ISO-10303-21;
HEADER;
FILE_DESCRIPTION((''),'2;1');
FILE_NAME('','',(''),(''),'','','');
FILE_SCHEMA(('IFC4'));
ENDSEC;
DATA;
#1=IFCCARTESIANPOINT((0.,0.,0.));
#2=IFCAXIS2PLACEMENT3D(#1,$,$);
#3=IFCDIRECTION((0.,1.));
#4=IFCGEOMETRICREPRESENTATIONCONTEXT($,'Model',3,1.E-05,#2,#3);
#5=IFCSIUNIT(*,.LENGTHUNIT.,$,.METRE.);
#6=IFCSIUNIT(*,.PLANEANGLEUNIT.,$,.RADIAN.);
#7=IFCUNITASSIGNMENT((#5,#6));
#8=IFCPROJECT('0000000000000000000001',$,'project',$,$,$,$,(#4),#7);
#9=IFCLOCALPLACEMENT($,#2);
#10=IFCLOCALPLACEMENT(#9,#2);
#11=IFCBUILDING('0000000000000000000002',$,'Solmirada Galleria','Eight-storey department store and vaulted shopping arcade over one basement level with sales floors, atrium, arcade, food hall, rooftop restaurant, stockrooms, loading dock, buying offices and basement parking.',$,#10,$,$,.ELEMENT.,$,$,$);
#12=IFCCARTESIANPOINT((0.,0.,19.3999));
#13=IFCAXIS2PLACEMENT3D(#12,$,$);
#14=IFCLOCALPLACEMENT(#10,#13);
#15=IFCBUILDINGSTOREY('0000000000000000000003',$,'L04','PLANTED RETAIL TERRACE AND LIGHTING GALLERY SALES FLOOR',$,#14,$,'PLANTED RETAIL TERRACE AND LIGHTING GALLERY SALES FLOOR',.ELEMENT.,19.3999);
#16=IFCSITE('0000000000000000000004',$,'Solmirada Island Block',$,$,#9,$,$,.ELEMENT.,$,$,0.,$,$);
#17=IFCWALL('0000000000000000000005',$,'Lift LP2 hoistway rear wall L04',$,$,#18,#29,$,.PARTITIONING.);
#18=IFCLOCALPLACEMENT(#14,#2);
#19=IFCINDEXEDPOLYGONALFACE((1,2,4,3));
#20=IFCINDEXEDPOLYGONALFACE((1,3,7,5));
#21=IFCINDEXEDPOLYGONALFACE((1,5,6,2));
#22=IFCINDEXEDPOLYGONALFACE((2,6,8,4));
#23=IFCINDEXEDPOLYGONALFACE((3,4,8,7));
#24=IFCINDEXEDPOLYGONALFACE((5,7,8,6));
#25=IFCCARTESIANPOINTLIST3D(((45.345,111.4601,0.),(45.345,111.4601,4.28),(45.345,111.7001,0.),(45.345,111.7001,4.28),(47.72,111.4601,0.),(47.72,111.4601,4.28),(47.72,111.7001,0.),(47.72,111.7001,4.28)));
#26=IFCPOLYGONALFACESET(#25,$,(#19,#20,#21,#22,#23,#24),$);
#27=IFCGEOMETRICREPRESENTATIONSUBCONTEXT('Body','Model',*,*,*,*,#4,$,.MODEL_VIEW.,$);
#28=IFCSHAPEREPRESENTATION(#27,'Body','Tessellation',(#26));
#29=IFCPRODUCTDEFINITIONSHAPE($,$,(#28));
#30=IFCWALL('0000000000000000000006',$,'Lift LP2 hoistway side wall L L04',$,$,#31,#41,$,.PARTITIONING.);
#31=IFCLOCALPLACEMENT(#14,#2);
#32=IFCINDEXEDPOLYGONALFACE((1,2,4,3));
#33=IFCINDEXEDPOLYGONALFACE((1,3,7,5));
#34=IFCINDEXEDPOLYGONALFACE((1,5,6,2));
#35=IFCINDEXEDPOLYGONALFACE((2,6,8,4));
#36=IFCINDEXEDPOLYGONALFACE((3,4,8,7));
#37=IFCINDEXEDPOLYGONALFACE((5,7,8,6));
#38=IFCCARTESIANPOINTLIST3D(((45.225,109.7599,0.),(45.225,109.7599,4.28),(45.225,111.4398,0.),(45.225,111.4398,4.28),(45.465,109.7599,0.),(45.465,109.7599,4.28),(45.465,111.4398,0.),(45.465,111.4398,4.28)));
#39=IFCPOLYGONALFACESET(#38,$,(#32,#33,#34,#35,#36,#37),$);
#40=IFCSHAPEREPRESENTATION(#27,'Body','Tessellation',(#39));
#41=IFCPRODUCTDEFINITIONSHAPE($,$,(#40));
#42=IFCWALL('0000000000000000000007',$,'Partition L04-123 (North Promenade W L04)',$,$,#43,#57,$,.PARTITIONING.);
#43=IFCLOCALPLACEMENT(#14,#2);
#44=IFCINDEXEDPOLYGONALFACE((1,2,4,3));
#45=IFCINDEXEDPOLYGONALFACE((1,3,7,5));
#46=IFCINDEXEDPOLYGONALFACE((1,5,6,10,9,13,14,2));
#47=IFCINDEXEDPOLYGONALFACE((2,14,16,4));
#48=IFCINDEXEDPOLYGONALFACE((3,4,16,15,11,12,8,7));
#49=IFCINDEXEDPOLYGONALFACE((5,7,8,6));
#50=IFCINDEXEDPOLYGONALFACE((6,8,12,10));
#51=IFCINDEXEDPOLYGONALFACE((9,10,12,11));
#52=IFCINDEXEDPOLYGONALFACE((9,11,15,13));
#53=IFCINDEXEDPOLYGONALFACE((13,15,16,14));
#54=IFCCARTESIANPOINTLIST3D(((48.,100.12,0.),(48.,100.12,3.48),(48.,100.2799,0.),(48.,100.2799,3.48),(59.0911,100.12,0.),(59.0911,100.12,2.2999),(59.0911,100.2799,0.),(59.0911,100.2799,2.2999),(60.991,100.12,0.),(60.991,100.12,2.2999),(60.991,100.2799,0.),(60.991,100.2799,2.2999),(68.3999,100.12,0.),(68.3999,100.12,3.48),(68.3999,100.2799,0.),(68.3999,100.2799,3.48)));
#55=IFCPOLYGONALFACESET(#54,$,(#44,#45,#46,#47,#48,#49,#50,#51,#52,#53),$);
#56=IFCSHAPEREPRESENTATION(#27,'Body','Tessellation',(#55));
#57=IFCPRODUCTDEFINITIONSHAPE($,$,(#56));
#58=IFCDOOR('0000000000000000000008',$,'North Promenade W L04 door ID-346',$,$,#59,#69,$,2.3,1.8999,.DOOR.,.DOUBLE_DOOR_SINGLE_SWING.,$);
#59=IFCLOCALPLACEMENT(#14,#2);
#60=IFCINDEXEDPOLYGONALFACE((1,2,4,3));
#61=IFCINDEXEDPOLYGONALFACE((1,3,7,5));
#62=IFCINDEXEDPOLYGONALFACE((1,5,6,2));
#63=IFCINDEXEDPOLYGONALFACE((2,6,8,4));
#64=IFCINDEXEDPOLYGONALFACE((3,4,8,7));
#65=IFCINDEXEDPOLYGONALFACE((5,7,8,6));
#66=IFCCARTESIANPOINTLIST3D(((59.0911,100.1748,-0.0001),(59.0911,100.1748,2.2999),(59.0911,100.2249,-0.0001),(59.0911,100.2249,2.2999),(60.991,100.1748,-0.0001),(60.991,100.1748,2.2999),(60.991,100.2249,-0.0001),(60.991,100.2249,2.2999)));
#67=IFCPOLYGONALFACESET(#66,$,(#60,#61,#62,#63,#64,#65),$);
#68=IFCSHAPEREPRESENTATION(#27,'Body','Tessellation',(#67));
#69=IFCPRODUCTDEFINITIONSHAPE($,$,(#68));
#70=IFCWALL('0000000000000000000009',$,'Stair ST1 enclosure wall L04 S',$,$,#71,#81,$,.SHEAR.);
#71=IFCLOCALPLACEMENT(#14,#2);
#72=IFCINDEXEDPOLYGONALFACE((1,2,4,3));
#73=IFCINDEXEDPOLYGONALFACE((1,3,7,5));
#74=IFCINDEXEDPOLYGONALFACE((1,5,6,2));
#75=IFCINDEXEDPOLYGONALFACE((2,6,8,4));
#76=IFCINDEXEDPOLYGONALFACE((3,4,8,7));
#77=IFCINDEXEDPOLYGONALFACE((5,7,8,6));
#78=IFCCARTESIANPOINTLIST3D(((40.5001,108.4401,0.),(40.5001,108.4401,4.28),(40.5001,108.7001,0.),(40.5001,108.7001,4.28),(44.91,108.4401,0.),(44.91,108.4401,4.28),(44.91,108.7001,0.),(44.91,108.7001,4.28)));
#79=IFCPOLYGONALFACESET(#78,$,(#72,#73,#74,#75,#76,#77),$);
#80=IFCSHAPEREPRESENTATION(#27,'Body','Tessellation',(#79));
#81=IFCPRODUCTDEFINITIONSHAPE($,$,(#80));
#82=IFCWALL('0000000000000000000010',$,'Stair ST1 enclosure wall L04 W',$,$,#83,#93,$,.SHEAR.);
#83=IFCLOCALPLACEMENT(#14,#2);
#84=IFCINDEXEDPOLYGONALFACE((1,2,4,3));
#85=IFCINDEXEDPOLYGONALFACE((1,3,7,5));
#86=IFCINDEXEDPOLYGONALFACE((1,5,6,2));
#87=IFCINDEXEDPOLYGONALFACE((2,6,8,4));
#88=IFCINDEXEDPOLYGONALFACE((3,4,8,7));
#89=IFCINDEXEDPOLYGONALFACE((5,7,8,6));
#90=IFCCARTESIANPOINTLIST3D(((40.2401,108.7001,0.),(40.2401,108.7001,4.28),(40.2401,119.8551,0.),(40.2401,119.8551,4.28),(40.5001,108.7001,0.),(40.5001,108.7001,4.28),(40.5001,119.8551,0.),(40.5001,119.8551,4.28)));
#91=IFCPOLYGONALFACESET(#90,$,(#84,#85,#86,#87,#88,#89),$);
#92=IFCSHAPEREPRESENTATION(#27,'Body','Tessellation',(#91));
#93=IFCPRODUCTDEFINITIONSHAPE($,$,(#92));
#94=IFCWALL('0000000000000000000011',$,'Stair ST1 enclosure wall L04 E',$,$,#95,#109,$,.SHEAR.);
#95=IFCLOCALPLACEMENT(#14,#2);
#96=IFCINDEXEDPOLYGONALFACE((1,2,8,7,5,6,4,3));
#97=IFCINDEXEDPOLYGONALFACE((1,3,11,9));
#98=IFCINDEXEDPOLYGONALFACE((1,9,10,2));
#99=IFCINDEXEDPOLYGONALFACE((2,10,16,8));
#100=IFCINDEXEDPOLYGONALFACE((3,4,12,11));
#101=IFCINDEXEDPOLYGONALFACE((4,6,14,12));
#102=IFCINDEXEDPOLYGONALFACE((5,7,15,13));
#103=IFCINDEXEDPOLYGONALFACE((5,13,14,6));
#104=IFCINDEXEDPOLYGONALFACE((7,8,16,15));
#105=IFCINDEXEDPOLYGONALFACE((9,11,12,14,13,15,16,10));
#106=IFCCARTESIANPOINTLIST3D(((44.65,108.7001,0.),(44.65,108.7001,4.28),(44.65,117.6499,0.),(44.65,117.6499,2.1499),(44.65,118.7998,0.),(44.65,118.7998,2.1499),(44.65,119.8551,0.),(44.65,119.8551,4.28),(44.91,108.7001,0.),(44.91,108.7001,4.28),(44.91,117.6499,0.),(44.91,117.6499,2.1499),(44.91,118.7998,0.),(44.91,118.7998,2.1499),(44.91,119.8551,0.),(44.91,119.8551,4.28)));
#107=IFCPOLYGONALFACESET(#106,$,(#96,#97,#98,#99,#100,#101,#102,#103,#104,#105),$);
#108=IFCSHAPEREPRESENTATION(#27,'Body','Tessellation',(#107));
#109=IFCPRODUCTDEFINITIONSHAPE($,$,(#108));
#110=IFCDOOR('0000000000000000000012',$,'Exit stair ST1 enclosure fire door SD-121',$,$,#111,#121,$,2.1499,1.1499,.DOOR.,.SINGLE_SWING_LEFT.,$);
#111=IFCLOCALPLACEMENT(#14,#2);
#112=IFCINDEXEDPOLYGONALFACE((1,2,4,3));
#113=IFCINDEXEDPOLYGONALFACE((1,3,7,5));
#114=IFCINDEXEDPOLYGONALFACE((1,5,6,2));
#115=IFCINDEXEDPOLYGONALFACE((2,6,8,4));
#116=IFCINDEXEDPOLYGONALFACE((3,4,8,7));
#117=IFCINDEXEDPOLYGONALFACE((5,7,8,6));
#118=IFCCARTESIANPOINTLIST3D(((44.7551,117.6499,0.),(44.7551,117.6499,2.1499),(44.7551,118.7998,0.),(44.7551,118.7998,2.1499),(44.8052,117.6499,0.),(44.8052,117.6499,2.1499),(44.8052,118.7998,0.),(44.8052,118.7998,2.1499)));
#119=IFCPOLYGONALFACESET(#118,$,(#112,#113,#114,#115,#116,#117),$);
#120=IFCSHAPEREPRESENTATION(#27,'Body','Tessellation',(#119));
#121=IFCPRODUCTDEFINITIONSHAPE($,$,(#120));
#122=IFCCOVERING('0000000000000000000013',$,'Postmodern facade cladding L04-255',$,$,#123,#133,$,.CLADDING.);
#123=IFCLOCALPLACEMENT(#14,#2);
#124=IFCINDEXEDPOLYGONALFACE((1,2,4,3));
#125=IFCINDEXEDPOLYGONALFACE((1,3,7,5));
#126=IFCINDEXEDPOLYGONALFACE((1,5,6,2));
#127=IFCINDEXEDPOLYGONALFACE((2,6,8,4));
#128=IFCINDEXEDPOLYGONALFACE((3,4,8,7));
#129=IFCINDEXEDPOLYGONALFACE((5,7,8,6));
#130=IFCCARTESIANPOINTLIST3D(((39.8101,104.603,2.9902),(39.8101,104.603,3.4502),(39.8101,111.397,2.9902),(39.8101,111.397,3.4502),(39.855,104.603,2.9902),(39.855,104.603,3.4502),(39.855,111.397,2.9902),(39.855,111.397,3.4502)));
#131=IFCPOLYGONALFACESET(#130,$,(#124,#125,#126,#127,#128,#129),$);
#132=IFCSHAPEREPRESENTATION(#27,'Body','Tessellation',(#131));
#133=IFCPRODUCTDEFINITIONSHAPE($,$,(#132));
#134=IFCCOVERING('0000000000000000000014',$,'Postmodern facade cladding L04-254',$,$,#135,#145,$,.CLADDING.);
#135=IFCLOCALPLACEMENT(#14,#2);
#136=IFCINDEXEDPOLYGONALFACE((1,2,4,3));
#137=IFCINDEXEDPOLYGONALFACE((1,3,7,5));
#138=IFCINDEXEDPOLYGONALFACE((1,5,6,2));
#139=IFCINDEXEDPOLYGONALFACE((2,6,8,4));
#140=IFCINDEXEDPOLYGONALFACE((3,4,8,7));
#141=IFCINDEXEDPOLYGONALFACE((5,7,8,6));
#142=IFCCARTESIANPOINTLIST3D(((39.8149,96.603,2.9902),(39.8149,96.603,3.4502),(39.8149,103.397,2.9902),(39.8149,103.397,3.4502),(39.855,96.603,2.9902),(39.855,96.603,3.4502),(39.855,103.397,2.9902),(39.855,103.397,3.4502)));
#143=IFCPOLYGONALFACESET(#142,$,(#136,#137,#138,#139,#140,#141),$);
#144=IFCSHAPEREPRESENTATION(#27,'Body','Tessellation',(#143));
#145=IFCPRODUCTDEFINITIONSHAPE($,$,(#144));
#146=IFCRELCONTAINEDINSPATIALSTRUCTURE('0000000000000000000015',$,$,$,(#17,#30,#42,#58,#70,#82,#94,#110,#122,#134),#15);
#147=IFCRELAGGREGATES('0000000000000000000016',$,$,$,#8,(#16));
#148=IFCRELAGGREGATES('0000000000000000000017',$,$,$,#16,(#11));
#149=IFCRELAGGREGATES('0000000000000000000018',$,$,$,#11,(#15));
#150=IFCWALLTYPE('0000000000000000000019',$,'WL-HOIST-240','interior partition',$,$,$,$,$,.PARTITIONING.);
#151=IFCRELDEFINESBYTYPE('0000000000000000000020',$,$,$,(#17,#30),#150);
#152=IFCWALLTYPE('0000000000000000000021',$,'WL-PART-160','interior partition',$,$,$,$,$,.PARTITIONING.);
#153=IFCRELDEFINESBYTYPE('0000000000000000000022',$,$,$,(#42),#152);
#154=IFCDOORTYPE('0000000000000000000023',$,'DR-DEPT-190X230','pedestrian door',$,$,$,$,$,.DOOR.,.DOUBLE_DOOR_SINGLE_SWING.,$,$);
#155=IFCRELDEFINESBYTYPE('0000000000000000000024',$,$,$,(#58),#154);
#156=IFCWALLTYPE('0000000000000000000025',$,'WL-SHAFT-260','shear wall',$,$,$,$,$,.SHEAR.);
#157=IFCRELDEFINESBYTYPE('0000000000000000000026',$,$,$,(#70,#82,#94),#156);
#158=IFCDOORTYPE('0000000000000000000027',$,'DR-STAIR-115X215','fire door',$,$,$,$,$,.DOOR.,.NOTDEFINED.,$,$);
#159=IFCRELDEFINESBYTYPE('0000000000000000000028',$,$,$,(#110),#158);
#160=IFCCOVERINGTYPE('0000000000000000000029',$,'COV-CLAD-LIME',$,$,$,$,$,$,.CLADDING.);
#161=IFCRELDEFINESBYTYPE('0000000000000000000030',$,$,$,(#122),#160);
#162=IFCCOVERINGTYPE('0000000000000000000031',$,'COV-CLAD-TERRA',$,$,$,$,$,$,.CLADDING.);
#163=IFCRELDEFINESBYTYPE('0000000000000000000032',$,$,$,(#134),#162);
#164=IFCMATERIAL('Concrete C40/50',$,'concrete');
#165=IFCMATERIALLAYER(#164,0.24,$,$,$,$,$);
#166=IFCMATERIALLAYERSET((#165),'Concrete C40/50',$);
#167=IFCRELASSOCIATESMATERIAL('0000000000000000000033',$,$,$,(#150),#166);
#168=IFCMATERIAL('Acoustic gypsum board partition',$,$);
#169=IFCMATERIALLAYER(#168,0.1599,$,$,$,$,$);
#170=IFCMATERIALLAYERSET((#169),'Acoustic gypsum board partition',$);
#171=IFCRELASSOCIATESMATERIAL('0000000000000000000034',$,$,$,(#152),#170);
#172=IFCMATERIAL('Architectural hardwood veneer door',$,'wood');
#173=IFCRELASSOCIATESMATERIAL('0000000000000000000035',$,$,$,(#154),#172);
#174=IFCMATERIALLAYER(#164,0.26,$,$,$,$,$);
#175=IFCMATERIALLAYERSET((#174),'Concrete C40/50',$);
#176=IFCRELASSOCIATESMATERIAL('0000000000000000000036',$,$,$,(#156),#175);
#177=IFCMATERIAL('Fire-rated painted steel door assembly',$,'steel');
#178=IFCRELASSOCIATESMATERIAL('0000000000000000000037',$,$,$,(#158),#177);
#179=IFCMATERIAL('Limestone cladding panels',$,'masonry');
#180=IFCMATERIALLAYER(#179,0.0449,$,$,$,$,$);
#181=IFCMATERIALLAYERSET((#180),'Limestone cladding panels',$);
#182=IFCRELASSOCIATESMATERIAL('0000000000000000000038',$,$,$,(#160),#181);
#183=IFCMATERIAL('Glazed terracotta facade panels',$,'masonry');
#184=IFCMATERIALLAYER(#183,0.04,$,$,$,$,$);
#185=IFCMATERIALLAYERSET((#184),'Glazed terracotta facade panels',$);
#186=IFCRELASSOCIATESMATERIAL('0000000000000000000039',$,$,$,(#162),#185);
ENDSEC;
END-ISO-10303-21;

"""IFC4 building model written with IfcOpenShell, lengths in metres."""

from ifc_helpers import new_model, si_unit, direction, frame, frame_2d, origin, origin_2d, place, context, subcontext, project, spatial, rectangle, extrude, material, layer, layer_set, type_object, element, fill, save


model = new_model("IFC4")

# Units and contexts
model_context = context("Model", 3, precision=1e-05, world=origin(), true_north=direction((0.0, 1.0)))
body_context = subcontext(model_context, "Body", "Model", "MODEL_VIEW")
ifc_project = project(units=[si_unit("LENGTHUNIT", "METRE"), si_unit("PLANEANGLEUNIT", "RADIAN")], contexts=[model_context])

# Site, building, storey
site_placement = place(None, origin())
site = spatial("IfcSite", under=ifc_project, at=site_placement, Name="Solmirada Island Block", CompositionType="ELEMENT", RefElevation=0.0)
building_placement = place(site_placement, origin())
building = spatial("IfcBuilding", under=site, at=building_placement, Name="Solmirada Galleria", Description="Eight-storey department store and vaulted shopping arcade over one basement level with sales floors, atrium, arcade, food hall, rooftop restaurant, stockrooms, loading dock, buying offices and basement parking.", CompositionType="ELEMENT")
storey_placement = place(building_placement, frame((0.0, 0.0, 19.3999)))
storey = spatial("IfcBuildingStorey", under=building, at=storey_placement, Name="L04", Description="PLANTED RETAIL TERRACE AND LIGHTING GALLERY SALES FLOOR", LongName="PLANTED RETAIL TERRACE AND LIGHTING GALLERY SALES FLOOR", CompositionType="ELEMENT", Elevation=19.3999)

# Shared definitions
ifc_material_1 = material(Name="Concrete C40/50", Category="concrete")

# Shared definitions
ifc_material_2 = material(Name="Fire-rated painted steel door assembly", Category="steel")

# Shared definitions
ifc_layer_1 = layer(ifc_material_1, 0.24)
ifc_layer_set_1 = layer_set([ifc_layer_1], Name="Concrete C40/50")
wall_type_1 = type_object("IfcWallType", Name="WL-HOIST-240", Description="interior partition", PredefinedType="PARTITIONING", material=ifc_layer_set_1)

# Walls
wall_1_placement = place(storey_placement, frame((45.345, 111.5801, 0.0), z_axis=(0.0, 0.0, 1.0), x_axis=(1.0, 0.0, 0.0)))
element("IfcWall", 1, at=wall_1_placement, inside=storey, type_object=wall_type_1, Name="Lift LP2 hoistway rear wall L04", PredefinedType="PARTITIONING", context=body_context, shape_type="SweptSolid", body=[
    extrude(rectangle(XDim=2.375, YDim=0.24, at=frame_2d((1.1875, 0.0))), origin(), (0.0, 0.0, 1.0), 4.28),
])
wall_2_placement = place(storey_placement, frame((45.345, 109.76, 0.0), z_axis=(0.0, 0.0, 1.0), x_axis=(0.0, 1.0, 0.0)))
element("IfcWall", 2, at=wall_2_placement, inside=storey, type_object=wall_type_1, Name="Lift LP2 hoistway side wall L L04", PredefinedType="PARTITIONING", context=body_context, shape_type="SweptSolid", body=[
    extrude(rectangle(XDim=1.6799, YDim=0.24, at=frame_2d((0.8398, 0.0))), origin(), (0.0, 0.0, 1.0), 4.28),
])

# Wall, opening, door
ifc_material_3 = material(Name="Acoustic gypsum board partition")
ifc_layer_2 = layer(ifc_material_3, 0.1599)
ifc_layer_set_2 = layer_set([ifc_layer_2], Name="Acoustic gypsum board partition")
wall_type_2 = type_object("IfcWallType", Name="WL-PART-160", Description="interior partition", PredefinedType="PARTITIONING", material=ifc_layer_set_2)
wall_3_placement = place(storey_placement, frame((48.0, 100.2, 0.0), z_axis=(0.0, 0.0, 1.0), x_axis=(1.0, 0.0, 0.0)))
wall_3 = element("IfcWall", 3, at=wall_3_placement, inside=storey, type_object=wall_type_2, Name="Partition L04-123 (North Promenade W L04)", PredefinedType="PARTITIONING", context=body_context, shape_type="SweptSolid", body=[
    extrude(rectangle(XDim=20.3999, YDim=0.1599, at=frame_2d((10.2, 0.0))), origin(), (0.0, 0.0, 1.0), 3.48),
])
opening_1_placement = place(wall_3_placement, frame((11.0911, 0.0, 0.0)))
opening_1 = element("IfcOpeningElement", 4, at=opening_1_placement, cuts=wall_3, PredefinedType="OPENING", context=body_context, shape_type="SweptSolid", body=[
    extrude(rectangle(XDim=1.8999, YDim=2.3, at=frame_2d((0.95, 1.1499))), frame((0.0, 0.0898, 0.0), z_axis=(0.0, -1.0, 0.0), x_axis=(1.0, 0.0, 0.0)), (0.0, 0.0, 1.0), 0.1799),
])
ifc_material_4 = material(Name="Architectural hardwood veneer door", Category="wood")
door_type_1 = type_object("IfcDoorType", Name="DR-DEPT-190X230", Description="pedestrian door", OperationType="DOUBLE_DOOR_SINGLE_SWING", PredefinedType="DOOR", material=ifc_material_4)
door_1_placement = place(opening_1_placement, origin())
door_1 = element("IfcDoor", 5, at=door_1_placement, inside=storey, type_object=door_type_1, Name="North Promenade W L04 door ID-346", OperationType="DOUBLE_DOOR_SINGLE_SWING", OverallHeight=2.3, OverallWidth=1.8999, PredefinedType="DOOR", context=body_context, shape_type="SweptSolid", body=[
    extrude(rectangle(XDim=1.8999, YDim=2.3, at=frame_2d((0.95, 1.1499))), frame((0.0, 0.0249, 0.0), z_axis=(0.0, -1.0, 0.0), x_axis=(1.0, 0.0, 0.0)), (0.0, 0.0, 1.0), 0.05),
])
fill(opening_1, door_1)

# Walls
ifc_layer_3 = layer(ifc_material_1, 0.26)
ifc_layer_set_3 = layer_set([ifc_layer_3], Name="Concrete C40/50")
wall_type_3 = type_object("IfcWallType", Name="WL-SHAFT-260", Description="shear wall", PredefinedType="SHEAR", material=ifc_layer_set_3)
wall_4_placement = place(storey_placement, frame((40.5, 108.5701, 0.0), z_axis=(0.0, 0.0, 1.0), x_axis=(1.0, 0.0, 0.0)))
element("IfcWall", 6, at=wall_4_placement, inside=storey, type_object=wall_type_3, Name="Stair ST1 enclosure wall L04 S", PredefinedType="SHEAR", context=body_context, shape_type="SweptSolid", body=[
    extrude(rectangle(XDim=4.4099, YDim=0.26, at=frame_2d((2.2051, 0.0))), origin(), (0.0, 0.0, 1.0), 4.28),
])
wall_5_placement = place(storey_placement, frame((40.3701, 108.7, 0.0), z_axis=(0.0, 0.0, 1.0), x_axis=(0.0, 1.0, 0.0)))
element("IfcWall", 7, at=wall_5_placement, inside=storey, type_object=wall_type_3, Name="Stair ST1 enclosure wall L04 W", PredefinedType="SHEAR", context=body_context, shape_type="SweptSolid", body=[
    extrude(rectangle(XDim=11.155, YDim=0.26, at=frame_2d((5.5776, 0.0))), origin(), (0.0, 0.0, 1.0), 4.28),
])

# Wall, opening, door
wall_6_placement = place(storey_placement, frame((44.78, 108.7, 0.0), z_axis=(0.0, 0.0, 1.0), x_axis=(0.0, 1.0, 0.0)))
wall_6 = element("IfcWall", 8, at=wall_6_placement, inside=storey, type_object=wall_type_3, Name="Stair ST1 enclosure wall L04 E", PredefinedType="SHEAR", context=body_context, shape_type="SweptSolid", body=[
    extrude(rectangle(XDim=11.155, YDim=0.26, at=frame_2d((5.5776, 0.0))), origin(), (0.0, 0.0, 1.0), 4.28),
])
opening_2_placement = place(wall_6_placement, frame((8.95, 0.0, 0.0)))
opening_2 = element("IfcOpeningElement", 9, at=opening_2_placement, cuts=wall_6, PredefinedType="OPENING", context=body_context, shape_type="SweptSolid", body=[
    extrude(rectangle(XDim=1.1499, YDim=2.1499, at=frame_2d((0.575, 1.075))), frame((0.0, 0.1399, 0.0), z_axis=(0.0, -1.0, 0.0), x_axis=(1.0, 0.0, 0.0)), (0.0, 0.0, 1.0), 0.28),
])
door_type_2 = type_object("IfcDoorType", Name="DR-STAIR-115X215", Description="fire door", OperationType="NOTDEFINED", PredefinedType="DOOR", material=ifc_material_2)
door_2_placement = place(opening_2_placement, origin())
door_2 = element("IfcDoor", 10, at=door_2_placement, inside=storey, type_object=door_type_2, Name="Exit stair ST1 enclosure fire door SD-121", OperationType="SINGLE_SWING_LEFT", OverallHeight=2.1499, OverallWidth=1.1499, PredefinedType="DOOR", context=body_context, shape_type="SweptSolid", body=[
    extrude(rectangle(XDim=1.1499, YDim=2.1499, at=frame_2d((0.575, 1.075))), frame((0.0, 0.0249, 0.0), z_axis=(0.0, -1.0, 0.0), x_axis=(1.0, 0.0, 0.0)), (0.0, 0.0, 1.0), 0.05),
])
fill(opening_2, door_2)

# Coverings
ifc_material_5 = material(Name="Limestone cladding panels", Category="masonry")
ifc_layer_4 = layer(ifc_material_5, 0.0449)
ifc_layer_set_4 = layer_set([ifc_layer_4], Name="Limestone cladding panels")
covering_type_1 = type_object("IfcCoveringType", Name="COV-CLAD-LIME", PredefinedType="CLADDING", material=ifc_layer_set_4)
covering_1_placement = place(storey_placement, frame((39.8325, 108.0, 2.9902), z_axis=(0.0, 0.0, 1.0), x_axis=(0.0, 1.0, 0.0)))
element("IfcCovering", 11, at=covering_1_placement, inside=storey, type_object=covering_type_1, Name="Postmodern facade cladding L04-255", PredefinedType="CLADDING", context=body_context, shape_type="SweptSolid", body=[
    extrude(rectangle(XDim=6.7939, YDim=0.0449, at=origin_2d()), origin(), (0.0, 0.0, 1.0), 0.46),
])
ifc_material_6 = material(Name="Glazed terracotta facade panels", Category="masonry")
ifc_layer_5 = layer(ifc_material_6, 0.04)
ifc_layer_set_5 = layer_set([ifc_layer_5], Name="Glazed terracotta facade panels")
covering_type_2 = type_object("IfcCoveringType", Name="COV-CLAD-TERRA", PredefinedType="CLADDING", material=ifc_layer_set_5)
covering_2_placement = place(storey_placement, frame((39.835, 100.0, 2.9902), z_axis=(0.0, 0.0, 1.0), x_axis=(0.0, 1.0, 0.0)))
element("IfcCovering", 12, at=covering_2_placement, inside=storey, type_object=covering_type_2, Name="Postmodern facade cladding L04-254", PredefinedType="CLADDING", context=body_context, shape_type="SweptSolid", body=[
    extrude(rectangle(XDim=6.7939, YDim=0.04, at=origin_2d()), origin(), (0.0, 0.0, 1.0), 0.46),
])

save(model, "model.ifc")
